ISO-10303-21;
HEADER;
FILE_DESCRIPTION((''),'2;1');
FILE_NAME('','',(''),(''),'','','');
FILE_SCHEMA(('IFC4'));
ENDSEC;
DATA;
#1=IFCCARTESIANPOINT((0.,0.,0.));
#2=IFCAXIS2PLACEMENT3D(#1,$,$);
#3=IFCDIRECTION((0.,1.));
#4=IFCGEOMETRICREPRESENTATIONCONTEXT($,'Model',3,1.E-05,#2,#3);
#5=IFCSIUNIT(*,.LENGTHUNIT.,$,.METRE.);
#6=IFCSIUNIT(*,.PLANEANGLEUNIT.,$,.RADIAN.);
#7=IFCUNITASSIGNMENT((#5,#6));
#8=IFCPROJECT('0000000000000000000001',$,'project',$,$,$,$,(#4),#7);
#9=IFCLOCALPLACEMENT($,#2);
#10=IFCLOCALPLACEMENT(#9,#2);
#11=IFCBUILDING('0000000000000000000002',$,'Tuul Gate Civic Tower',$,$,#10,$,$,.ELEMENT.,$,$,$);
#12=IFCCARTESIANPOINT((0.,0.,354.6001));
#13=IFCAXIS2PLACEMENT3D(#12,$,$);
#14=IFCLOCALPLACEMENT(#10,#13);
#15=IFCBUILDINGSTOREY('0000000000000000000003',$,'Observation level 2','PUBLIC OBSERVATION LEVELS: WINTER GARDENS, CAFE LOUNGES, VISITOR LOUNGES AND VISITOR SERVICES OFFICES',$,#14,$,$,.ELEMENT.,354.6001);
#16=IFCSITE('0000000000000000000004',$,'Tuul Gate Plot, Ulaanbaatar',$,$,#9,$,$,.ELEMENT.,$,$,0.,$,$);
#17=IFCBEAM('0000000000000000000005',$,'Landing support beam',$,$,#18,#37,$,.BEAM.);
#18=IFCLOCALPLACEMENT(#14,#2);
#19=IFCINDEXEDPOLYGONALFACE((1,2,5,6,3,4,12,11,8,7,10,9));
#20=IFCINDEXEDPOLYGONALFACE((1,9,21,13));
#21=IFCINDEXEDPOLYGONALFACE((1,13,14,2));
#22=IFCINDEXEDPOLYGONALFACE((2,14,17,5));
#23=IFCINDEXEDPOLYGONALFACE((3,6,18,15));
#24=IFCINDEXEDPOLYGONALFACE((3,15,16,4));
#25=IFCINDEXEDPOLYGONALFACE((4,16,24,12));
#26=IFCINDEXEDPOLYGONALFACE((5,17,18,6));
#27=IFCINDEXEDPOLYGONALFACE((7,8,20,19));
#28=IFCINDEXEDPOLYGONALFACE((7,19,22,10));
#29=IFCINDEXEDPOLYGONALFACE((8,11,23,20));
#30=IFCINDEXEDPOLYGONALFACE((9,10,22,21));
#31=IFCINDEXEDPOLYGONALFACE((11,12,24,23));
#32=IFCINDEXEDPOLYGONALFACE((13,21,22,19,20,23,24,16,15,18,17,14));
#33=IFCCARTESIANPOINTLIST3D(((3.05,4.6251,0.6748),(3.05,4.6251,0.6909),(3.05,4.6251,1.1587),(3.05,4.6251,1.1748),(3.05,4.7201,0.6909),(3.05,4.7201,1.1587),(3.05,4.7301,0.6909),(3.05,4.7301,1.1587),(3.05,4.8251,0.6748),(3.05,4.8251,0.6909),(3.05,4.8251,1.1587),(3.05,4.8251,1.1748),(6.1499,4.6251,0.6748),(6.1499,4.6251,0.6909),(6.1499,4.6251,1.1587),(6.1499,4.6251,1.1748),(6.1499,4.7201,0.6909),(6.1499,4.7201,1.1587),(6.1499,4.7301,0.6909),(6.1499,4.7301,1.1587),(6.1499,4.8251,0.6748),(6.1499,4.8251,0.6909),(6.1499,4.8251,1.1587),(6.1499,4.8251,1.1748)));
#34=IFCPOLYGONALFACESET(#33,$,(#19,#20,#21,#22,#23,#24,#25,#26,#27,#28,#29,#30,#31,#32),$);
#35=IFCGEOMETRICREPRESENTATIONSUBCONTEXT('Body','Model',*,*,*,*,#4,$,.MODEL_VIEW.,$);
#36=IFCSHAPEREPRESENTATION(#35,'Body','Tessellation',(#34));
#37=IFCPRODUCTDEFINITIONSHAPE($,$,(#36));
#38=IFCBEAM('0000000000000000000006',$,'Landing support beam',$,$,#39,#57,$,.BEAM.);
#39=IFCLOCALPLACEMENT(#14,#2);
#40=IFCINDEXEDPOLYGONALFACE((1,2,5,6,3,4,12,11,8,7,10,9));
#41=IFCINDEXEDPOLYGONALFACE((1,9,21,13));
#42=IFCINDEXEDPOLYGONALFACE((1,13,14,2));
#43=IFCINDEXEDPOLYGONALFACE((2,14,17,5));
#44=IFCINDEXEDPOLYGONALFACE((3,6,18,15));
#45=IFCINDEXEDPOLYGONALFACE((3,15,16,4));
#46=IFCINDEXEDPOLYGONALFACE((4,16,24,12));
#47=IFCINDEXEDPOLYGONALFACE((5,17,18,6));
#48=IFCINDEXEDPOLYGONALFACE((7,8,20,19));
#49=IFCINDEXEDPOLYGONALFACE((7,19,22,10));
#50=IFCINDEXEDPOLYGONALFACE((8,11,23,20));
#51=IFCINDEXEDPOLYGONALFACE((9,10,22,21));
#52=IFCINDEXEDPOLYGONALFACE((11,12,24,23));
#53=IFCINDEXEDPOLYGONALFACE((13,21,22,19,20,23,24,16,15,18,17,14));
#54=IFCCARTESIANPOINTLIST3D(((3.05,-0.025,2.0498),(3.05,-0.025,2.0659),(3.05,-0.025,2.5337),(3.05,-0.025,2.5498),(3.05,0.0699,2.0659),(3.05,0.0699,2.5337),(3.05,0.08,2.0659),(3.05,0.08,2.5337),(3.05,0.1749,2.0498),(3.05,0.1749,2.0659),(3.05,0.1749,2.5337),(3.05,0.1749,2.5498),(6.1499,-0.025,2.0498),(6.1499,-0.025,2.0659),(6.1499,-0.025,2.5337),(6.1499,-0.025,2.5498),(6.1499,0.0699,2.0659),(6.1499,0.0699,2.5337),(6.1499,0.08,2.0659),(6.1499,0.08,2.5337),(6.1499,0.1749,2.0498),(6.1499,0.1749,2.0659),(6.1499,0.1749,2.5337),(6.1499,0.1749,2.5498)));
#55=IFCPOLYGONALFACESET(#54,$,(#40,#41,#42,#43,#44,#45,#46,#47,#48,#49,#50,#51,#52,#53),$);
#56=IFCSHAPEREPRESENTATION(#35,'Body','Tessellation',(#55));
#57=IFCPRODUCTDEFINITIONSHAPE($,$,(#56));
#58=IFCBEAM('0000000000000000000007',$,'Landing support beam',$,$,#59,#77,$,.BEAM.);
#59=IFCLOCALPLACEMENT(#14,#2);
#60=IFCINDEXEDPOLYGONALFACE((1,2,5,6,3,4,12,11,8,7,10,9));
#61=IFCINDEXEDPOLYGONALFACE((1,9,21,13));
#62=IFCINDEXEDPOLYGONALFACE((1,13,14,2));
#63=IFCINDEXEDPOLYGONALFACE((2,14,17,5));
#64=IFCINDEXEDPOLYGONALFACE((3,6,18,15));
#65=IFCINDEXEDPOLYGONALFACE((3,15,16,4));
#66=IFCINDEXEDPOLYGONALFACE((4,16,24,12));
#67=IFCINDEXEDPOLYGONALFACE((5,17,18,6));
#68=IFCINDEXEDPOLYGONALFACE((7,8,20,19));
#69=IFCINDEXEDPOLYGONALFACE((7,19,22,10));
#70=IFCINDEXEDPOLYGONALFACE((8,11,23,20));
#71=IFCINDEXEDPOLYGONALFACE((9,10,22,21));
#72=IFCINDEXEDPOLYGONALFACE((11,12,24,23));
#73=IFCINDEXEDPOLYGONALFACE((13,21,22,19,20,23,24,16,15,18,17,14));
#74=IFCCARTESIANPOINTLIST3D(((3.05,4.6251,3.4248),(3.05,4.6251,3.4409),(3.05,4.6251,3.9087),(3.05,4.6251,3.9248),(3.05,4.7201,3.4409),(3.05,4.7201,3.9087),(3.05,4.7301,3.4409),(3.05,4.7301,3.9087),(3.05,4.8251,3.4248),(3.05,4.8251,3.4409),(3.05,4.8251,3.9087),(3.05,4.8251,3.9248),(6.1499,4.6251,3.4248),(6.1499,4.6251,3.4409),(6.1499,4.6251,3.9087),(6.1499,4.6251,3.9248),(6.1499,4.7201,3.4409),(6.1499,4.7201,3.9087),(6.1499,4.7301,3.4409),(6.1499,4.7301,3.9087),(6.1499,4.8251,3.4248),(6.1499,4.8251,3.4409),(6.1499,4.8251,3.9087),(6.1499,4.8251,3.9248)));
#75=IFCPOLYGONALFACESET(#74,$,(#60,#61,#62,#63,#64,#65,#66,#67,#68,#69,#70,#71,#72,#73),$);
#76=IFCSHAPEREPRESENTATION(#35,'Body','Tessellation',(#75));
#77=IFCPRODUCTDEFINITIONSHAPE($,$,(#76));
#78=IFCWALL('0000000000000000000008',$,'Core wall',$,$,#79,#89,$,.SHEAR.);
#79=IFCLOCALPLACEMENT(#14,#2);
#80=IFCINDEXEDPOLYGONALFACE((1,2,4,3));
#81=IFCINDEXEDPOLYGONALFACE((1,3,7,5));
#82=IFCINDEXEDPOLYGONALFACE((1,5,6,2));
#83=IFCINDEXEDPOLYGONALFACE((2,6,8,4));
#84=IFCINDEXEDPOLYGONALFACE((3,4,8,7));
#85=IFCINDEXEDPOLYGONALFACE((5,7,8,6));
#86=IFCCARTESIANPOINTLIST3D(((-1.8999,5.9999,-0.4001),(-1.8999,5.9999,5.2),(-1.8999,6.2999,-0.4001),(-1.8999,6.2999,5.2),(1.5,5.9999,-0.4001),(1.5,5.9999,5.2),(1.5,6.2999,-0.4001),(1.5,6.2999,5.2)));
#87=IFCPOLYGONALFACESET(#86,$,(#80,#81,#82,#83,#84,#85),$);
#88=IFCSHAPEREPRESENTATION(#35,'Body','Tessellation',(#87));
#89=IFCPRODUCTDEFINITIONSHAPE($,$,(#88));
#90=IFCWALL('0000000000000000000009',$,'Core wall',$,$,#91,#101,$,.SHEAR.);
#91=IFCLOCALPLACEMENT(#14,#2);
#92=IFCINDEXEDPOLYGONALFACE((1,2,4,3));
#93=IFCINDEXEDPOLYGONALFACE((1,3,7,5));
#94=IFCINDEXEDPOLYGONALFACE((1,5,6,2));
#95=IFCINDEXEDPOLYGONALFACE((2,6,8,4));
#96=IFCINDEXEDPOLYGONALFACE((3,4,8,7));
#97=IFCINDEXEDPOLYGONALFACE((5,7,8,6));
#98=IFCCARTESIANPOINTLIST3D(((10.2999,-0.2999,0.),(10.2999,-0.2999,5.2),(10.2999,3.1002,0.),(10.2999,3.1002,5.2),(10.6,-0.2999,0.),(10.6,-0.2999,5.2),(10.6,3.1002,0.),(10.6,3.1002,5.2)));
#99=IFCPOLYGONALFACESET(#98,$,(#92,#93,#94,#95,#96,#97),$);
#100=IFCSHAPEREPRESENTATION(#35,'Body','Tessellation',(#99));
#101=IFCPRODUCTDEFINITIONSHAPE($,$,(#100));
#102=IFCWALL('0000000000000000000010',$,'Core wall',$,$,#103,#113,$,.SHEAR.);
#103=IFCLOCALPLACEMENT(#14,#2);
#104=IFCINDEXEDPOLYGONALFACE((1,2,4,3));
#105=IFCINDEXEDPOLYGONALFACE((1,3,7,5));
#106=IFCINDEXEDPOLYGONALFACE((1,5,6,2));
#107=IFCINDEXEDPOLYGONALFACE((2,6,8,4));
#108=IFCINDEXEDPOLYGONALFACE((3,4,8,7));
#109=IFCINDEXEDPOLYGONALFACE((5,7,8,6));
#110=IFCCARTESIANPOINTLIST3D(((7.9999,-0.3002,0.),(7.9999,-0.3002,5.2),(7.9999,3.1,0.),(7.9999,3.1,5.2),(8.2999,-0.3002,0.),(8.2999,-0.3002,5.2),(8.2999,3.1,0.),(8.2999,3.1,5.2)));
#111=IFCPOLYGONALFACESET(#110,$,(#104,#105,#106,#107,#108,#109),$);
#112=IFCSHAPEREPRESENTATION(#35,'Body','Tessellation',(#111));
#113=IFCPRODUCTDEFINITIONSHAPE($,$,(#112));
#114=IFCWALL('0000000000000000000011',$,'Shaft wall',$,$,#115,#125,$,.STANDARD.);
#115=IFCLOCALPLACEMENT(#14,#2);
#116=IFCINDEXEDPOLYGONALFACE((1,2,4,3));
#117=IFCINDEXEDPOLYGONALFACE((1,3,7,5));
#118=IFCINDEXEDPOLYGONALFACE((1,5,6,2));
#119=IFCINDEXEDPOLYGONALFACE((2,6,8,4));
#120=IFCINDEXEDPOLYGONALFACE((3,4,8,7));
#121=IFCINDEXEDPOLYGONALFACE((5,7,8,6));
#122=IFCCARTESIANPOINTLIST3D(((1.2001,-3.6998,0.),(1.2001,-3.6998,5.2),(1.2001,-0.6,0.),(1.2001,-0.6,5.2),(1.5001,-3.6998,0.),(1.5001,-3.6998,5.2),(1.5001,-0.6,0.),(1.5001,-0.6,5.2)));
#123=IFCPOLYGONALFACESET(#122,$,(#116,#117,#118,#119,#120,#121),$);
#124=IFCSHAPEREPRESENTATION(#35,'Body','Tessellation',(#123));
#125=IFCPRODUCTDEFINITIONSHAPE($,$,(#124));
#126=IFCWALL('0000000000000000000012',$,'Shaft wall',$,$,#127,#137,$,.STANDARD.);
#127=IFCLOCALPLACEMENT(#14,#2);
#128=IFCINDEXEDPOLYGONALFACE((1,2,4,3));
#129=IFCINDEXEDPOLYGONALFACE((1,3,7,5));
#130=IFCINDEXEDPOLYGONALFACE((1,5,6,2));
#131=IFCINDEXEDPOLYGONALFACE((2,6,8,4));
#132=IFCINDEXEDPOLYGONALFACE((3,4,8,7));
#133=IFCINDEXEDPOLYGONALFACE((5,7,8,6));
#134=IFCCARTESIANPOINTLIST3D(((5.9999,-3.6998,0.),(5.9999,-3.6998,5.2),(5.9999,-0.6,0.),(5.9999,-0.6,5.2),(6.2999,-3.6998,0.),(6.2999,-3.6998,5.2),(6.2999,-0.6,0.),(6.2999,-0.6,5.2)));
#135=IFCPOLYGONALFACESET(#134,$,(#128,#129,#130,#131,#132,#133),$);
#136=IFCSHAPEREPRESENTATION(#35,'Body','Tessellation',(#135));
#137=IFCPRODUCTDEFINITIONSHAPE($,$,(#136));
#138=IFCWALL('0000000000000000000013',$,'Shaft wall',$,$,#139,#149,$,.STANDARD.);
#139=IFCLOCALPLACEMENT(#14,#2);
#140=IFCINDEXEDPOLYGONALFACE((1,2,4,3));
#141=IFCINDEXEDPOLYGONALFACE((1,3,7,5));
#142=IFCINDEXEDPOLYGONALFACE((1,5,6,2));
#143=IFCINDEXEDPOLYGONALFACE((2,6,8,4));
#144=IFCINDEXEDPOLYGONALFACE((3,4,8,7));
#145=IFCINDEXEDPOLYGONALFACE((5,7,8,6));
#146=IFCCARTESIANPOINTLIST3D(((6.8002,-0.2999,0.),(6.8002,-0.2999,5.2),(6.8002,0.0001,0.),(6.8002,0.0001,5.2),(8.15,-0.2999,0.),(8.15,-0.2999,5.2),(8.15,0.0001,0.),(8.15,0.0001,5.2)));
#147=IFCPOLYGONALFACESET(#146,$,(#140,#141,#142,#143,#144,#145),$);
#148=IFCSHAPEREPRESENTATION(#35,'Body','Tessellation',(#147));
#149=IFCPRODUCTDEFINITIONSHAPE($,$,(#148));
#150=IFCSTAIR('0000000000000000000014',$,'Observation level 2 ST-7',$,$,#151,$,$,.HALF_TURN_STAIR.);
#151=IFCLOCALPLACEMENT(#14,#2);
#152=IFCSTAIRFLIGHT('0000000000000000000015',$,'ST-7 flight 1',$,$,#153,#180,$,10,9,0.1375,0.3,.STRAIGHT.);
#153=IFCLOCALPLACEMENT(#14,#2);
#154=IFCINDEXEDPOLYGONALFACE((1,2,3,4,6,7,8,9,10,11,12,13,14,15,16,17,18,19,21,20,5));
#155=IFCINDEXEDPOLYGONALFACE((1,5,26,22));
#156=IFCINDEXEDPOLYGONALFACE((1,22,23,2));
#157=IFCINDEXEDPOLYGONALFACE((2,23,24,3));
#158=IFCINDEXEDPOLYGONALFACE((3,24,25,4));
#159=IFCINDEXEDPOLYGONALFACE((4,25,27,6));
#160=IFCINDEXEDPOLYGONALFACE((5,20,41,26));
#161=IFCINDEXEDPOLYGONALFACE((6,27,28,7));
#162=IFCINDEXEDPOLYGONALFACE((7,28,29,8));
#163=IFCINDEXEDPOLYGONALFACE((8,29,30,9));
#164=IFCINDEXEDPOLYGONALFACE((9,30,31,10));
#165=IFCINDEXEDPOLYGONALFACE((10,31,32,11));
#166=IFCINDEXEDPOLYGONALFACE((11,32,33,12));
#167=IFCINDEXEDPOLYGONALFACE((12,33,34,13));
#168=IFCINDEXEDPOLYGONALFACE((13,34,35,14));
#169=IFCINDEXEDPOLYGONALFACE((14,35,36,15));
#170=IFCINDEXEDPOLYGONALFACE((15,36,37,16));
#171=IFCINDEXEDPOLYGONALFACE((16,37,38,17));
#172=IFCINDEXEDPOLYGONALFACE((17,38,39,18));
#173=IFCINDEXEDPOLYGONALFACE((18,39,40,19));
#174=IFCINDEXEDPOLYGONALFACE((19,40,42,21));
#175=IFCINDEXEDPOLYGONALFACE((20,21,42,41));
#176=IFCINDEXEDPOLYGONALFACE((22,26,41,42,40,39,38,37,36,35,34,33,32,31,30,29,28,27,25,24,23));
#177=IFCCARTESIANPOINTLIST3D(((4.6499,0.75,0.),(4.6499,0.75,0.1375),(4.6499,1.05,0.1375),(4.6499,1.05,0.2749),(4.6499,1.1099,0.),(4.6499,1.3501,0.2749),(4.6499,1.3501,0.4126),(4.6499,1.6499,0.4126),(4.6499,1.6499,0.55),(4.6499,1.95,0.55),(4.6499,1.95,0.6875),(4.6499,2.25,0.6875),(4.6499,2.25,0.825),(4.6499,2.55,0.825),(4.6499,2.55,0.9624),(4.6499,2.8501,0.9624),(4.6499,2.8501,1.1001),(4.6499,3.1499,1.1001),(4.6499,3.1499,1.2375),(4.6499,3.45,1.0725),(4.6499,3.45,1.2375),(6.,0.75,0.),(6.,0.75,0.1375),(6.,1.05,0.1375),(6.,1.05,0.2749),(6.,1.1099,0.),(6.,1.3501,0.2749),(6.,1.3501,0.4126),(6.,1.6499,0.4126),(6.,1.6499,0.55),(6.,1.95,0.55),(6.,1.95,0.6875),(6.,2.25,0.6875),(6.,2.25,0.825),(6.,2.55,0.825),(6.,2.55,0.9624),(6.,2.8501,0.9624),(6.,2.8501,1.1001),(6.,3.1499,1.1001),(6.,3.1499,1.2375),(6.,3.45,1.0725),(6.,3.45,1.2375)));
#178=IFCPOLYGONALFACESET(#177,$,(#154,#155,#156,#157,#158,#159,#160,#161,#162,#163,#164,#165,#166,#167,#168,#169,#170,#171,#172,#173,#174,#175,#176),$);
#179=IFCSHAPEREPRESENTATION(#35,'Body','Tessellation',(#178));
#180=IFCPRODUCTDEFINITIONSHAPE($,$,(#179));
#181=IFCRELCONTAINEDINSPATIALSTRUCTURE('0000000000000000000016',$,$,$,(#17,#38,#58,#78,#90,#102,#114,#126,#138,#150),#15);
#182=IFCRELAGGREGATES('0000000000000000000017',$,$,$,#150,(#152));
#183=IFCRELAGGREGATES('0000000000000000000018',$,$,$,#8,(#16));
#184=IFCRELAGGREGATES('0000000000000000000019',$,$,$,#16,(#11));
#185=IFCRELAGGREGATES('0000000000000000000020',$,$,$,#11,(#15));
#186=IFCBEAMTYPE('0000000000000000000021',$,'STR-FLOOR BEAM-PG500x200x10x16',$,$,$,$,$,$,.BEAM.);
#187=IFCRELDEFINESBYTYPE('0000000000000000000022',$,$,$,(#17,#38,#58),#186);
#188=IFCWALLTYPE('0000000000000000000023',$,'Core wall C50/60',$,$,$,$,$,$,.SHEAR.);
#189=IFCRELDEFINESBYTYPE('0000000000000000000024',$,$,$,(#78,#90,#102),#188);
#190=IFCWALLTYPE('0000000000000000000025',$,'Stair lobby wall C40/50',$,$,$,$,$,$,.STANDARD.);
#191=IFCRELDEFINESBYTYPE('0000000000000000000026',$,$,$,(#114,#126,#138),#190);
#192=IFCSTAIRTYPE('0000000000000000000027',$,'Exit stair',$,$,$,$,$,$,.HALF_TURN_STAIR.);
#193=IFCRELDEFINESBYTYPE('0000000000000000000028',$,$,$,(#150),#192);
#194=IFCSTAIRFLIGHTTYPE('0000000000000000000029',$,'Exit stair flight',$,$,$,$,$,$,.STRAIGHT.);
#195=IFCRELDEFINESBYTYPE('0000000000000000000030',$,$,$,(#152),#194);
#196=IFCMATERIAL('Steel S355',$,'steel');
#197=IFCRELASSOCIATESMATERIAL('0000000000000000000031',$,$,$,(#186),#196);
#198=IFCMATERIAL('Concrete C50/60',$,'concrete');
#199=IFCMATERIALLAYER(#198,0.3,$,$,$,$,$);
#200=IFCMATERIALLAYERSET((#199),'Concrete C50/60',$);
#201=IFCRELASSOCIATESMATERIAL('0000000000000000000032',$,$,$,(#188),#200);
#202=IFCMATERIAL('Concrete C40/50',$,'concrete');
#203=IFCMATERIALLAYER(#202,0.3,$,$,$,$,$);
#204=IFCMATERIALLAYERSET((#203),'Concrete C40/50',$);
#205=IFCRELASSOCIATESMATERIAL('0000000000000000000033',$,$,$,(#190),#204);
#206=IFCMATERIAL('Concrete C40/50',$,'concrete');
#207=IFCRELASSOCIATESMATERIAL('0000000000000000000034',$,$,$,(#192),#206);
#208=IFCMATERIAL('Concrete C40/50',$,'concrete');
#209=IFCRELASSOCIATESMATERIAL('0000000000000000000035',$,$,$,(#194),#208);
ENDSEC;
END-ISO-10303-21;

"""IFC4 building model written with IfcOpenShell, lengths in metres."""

from ifc_helpers import new_model, si_unit, direction, frame, frame_2d, origin, origin_2d, place, context, subcontext, project, spatial, polyline, rectangle, i_section, outline, extrude, material, layer, layer_set, material_profile, profile_set, type_object, element, aggregate, save


model = new_model("IFC4")

# Units and contexts
model_context = context("Model", 3, precision=1e-05, world=origin(), true_north=direction((0.0, 1.0)))
body_context = subcontext(model_context, "Body", "Model", "MODEL_VIEW")
ifc_project = project(units=[si_unit("LENGTHUNIT", "METRE"), si_unit("PLANEANGLEUNIT", "RADIAN")], contexts=[model_context])

# Site, building, storey
site_placement = place(None, origin())
site = spatial("IfcSite", under=ifc_project, at=site_placement, Name="Tuul Gate Plot, Ulaanbaatar", CompositionType="ELEMENT", RefElevation=0.0)
building_placement = place(site_placement, origin())
building = spatial("IfcBuilding", under=site, at=building_placement, Name="Tuul Gate Civic Tower", CompositionType="ELEMENT")
storey_placement = place(building_placement, frame((0.0, 0.0, 354.6001)))
storey = spatial("IfcBuildingStorey", under=building, at=storey_placement, Name="Observation level 2", Description="PUBLIC OBSERVATION LEVELS: WINTER GARDENS, CAFE LOUNGES, VISITOR LOUNGES AND VISITOR SERVICES OFFICES", CompositionType="ELEMENT", Elevation=354.6001)

# Beams
ifc_material_1 = material(Name="Steel S355", Category="steel")
ifc_material_profile = material_profile(ifc_material_1, i_section(OverallWidth=0.2, OverallDepth=0.5, WebThickness=0.01, FlangeThickness=0.0161, at=origin_2d()), Name="PG500x200x10x16")
ifc_profile_set = profile_set([ifc_material_profile], Name="Steel S355")
beam_type = type_object("IfcBeamType", Name="STR-FLOOR BEAM-PG500x200x10x16", PredefinedType="BEAM", material=ifc_profile_set)
for number, where, z_axis, x_axis, name in (
    (1, (3.05, 4.7251, 0.9248), (1.0, 0.0, 0.0), (0.0, 1.0, 0.0), "Landing support beam"),
    (2, (3.05, 0.075, 2.2998), (1.0, 0.0, 0.0), (0.0, 1.0, 0.0), "Landing support beam"),
    (3, (3.05, 4.7251, 3.6748), (1.0, 0.0, 0.0), (0.0, 1.0, 0.0), "Landing support beam"),
):
    element("IfcBeam", number, at=place(storey_placement, frame(where, z_axis=z_axis, x_axis=x_axis)), inside=storey, type_object=beam_type, Name=name, PredefinedType="BEAM", context=body_context, shape_type="SweptSolid", body=[
        extrude(i_section(OverallWidth=0.2, OverallDepth=0.5, WebThickness=0.01, FlangeThickness=0.0161, at=origin_2d()), origin(), (0.0, 0.0, 1.0), 3.0999),
    ])

# Walls
ifc_material_2 = material(Name="Concrete C50/60", Category="concrete")
ifc_layer_1 = layer(ifc_material_2, 0.3)
ifc_layer_set_1 = layer_set([ifc_layer_1], Name="Concrete C50/60")
wall_type_1 = type_object("IfcWallType", Name="Core wall C50/60", PredefinedType="SHEAR", material=ifc_layer_set_1)
wall_1_placement = place(storey_placement, frame((1.5, 6.1499, -0.4001), z_axis=(0.0, 0.0, 1.0), x_axis=(-1.0, 0.0, 0.0)))
element("IfcWall", 4, at=wall_1_placement, inside=storey, type_object=wall_type_1, Name="Core wall", PredefinedType="SHEAR", context=body_context, shape_type="SweptSolid", body=[
    extrude(rectangle(XDim=3.3999, YDim=0.3, at=frame_2d((1.7, 0.0))), origin(), (0.0, 0.0, 1.0), 5.6001),
])
for number, where, z_axis, x_axis, name in (
    (5, (10.45, -0.3, 0.0), (0.0, 0.0, 1.0), (0.0, 1.0, 0.0), "Core wall"),
    (6, (8.1499, 3.1001, 0.0), (0.0, 0.0, 1.0), (0.0, -1.0, 0.0), "Core wall"),
):
    element("IfcWall", number, at=place(storey_placement, frame(where, z_axis=z_axis, x_axis=x_axis)), inside=storey, type_object=wall_type_1, Name=name, PredefinedType="SHEAR", context=body_context, shape_type="SweptSolid", body=[
        extrude(rectangle(XDim=3.4001, YDim=0.3, at=frame_2d((1.7002, 0.0))), origin(), (0.0, 0.0, 1.0), 5.2),
    ])
ifc_material_3 = material(Name="Concrete C40/50", Category="concrete")
ifc_layer_2 = layer(ifc_material_3, 0.3)
ifc_layer_set_2 = layer_set([ifc_layer_2], Name="Concrete C40/50")
wall_type_2 = type_object("IfcWallType", Name="Stair lobby wall C40/50", PredefinedType="STANDARD", material=ifc_layer_set_2)
for number, where, z_axis, x_axis, name in (
    (7, (1.3501, -0.6001, 0.0), (0.0, 0.0, 1.0), (0.0, -1.0, 0.0), "Shaft wall"),
    (8, (6.1499, -0.6001, 0.0), (0.0, 0.0, 1.0), (0.0, -1.0, 0.0), "Shaft wall"),
):
    element("IfcWall", number, at=place(storey_placement, frame(where, z_axis=z_axis, x_axis=x_axis)), inside=storey, type_object=wall_type_2, Name=name, PredefinedType="STANDARD", context=body_context, shape_type="SweptSolid", body=[
        extrude(rectangle(XDim=3.0999, YDim=0.3, at=frame_2d((1.5498, 0.0))), origin(), (0.0, 0.0, 1.0), 5.2),
    ])
wall_2_placement = place(storey_placement, frame((8.1499, -0.1499, 0.0), z_axis=(0.0, 0.0, 1.0), x_axis=(-1.0, 0.0, 0.0)))
element("IfcWall", 9, at=wall_2_placement, inside=storey, type_object=wall_type_2, Name="Shaft wall", PredefinedType="STANDARD", context=body_context, shape_type="SweptSolid", body=[
    extrude(rectangle(XDim=1.3499, YDim=0.3, at=frame_2d((0.6748, 0.0))), origin(), (0.0, 0.0, 1.0), 5.2),
])

# Stair, stair flight
ifc_material_4 = material(Name="Concrete C40/50", Category="concrete")
stair_type = type_object("IfcStairType", Name="Exit stair", PredefinedType="HALF_TURN_STAIR", material=ifc_material_4)
stair_placement = place(storey_placement, origin())
stair = element("IfcStair", 10, at=stair_placement, inside=storey, type_object=stair_type, Name="Observation level 2 ST-7", PredefinedType="HALF_TURN_STAIR")
ifc_material_5 = material(Name="Concrete C40/50", Category="concrete")
stair_flight_type = type_object("IfcStairFlightType", Name="Exit stair flight", PredefinedType="STRAIGHT", material=ifc_material_5)
stair_flight_1_placement = place(storey_placement, frame((5.325, 0.75, 0.0), z_axis=(0.0, 0.0, 1.0), x_axis=(0.0, 1.0, 0.0)))
stair_flight_1 = element("IfcStairFlight", 11, at=stair_flight_1_placement, type_object=stair_flight_type, Name="ST-7 flight 1", NumberOfRisers=10, NumberOfTreads=9, PredefinedType="STRAIGHT", RiserHeight=0.1375, TreadLength=0.3, context=body_context, shape_type="SweptSolid", body=[
    extrude(outline(polyline([(0.0, 0.0), (0.0, 0.1375), (0.3, 0.1375), (0.3, 0.2749), (0.6001, 0.2749), (0.6001, 0.4126), (0.8999, 0.4126), (0.8999, 0.55), (1.2, 0.55), (1.2, 0.6875), (1.5, 0.6875), (1.5, 0.825), (1.8, 0.825), (1.8, 0.9624), (2.1001, 0.9624), (2.1001, 1.1001), (2.3999, 1.1001), (2.3999, 1.2375), (2.7, 1.2375), (2.7, 1.375), (2.7, 1.0725), (0.3599, 0.0), (0.0, 0.0)])), frame((0.0, 0.675, 0.0), z_axis=(0.0, -1.0, 0.0), x_axis=(1.0, 0.0, 0.0)), (0.0, 0.0, 1.0), 1.3501),
])
aggregate(stair, [stair_flight_1])

save(model, "model.ifc")
